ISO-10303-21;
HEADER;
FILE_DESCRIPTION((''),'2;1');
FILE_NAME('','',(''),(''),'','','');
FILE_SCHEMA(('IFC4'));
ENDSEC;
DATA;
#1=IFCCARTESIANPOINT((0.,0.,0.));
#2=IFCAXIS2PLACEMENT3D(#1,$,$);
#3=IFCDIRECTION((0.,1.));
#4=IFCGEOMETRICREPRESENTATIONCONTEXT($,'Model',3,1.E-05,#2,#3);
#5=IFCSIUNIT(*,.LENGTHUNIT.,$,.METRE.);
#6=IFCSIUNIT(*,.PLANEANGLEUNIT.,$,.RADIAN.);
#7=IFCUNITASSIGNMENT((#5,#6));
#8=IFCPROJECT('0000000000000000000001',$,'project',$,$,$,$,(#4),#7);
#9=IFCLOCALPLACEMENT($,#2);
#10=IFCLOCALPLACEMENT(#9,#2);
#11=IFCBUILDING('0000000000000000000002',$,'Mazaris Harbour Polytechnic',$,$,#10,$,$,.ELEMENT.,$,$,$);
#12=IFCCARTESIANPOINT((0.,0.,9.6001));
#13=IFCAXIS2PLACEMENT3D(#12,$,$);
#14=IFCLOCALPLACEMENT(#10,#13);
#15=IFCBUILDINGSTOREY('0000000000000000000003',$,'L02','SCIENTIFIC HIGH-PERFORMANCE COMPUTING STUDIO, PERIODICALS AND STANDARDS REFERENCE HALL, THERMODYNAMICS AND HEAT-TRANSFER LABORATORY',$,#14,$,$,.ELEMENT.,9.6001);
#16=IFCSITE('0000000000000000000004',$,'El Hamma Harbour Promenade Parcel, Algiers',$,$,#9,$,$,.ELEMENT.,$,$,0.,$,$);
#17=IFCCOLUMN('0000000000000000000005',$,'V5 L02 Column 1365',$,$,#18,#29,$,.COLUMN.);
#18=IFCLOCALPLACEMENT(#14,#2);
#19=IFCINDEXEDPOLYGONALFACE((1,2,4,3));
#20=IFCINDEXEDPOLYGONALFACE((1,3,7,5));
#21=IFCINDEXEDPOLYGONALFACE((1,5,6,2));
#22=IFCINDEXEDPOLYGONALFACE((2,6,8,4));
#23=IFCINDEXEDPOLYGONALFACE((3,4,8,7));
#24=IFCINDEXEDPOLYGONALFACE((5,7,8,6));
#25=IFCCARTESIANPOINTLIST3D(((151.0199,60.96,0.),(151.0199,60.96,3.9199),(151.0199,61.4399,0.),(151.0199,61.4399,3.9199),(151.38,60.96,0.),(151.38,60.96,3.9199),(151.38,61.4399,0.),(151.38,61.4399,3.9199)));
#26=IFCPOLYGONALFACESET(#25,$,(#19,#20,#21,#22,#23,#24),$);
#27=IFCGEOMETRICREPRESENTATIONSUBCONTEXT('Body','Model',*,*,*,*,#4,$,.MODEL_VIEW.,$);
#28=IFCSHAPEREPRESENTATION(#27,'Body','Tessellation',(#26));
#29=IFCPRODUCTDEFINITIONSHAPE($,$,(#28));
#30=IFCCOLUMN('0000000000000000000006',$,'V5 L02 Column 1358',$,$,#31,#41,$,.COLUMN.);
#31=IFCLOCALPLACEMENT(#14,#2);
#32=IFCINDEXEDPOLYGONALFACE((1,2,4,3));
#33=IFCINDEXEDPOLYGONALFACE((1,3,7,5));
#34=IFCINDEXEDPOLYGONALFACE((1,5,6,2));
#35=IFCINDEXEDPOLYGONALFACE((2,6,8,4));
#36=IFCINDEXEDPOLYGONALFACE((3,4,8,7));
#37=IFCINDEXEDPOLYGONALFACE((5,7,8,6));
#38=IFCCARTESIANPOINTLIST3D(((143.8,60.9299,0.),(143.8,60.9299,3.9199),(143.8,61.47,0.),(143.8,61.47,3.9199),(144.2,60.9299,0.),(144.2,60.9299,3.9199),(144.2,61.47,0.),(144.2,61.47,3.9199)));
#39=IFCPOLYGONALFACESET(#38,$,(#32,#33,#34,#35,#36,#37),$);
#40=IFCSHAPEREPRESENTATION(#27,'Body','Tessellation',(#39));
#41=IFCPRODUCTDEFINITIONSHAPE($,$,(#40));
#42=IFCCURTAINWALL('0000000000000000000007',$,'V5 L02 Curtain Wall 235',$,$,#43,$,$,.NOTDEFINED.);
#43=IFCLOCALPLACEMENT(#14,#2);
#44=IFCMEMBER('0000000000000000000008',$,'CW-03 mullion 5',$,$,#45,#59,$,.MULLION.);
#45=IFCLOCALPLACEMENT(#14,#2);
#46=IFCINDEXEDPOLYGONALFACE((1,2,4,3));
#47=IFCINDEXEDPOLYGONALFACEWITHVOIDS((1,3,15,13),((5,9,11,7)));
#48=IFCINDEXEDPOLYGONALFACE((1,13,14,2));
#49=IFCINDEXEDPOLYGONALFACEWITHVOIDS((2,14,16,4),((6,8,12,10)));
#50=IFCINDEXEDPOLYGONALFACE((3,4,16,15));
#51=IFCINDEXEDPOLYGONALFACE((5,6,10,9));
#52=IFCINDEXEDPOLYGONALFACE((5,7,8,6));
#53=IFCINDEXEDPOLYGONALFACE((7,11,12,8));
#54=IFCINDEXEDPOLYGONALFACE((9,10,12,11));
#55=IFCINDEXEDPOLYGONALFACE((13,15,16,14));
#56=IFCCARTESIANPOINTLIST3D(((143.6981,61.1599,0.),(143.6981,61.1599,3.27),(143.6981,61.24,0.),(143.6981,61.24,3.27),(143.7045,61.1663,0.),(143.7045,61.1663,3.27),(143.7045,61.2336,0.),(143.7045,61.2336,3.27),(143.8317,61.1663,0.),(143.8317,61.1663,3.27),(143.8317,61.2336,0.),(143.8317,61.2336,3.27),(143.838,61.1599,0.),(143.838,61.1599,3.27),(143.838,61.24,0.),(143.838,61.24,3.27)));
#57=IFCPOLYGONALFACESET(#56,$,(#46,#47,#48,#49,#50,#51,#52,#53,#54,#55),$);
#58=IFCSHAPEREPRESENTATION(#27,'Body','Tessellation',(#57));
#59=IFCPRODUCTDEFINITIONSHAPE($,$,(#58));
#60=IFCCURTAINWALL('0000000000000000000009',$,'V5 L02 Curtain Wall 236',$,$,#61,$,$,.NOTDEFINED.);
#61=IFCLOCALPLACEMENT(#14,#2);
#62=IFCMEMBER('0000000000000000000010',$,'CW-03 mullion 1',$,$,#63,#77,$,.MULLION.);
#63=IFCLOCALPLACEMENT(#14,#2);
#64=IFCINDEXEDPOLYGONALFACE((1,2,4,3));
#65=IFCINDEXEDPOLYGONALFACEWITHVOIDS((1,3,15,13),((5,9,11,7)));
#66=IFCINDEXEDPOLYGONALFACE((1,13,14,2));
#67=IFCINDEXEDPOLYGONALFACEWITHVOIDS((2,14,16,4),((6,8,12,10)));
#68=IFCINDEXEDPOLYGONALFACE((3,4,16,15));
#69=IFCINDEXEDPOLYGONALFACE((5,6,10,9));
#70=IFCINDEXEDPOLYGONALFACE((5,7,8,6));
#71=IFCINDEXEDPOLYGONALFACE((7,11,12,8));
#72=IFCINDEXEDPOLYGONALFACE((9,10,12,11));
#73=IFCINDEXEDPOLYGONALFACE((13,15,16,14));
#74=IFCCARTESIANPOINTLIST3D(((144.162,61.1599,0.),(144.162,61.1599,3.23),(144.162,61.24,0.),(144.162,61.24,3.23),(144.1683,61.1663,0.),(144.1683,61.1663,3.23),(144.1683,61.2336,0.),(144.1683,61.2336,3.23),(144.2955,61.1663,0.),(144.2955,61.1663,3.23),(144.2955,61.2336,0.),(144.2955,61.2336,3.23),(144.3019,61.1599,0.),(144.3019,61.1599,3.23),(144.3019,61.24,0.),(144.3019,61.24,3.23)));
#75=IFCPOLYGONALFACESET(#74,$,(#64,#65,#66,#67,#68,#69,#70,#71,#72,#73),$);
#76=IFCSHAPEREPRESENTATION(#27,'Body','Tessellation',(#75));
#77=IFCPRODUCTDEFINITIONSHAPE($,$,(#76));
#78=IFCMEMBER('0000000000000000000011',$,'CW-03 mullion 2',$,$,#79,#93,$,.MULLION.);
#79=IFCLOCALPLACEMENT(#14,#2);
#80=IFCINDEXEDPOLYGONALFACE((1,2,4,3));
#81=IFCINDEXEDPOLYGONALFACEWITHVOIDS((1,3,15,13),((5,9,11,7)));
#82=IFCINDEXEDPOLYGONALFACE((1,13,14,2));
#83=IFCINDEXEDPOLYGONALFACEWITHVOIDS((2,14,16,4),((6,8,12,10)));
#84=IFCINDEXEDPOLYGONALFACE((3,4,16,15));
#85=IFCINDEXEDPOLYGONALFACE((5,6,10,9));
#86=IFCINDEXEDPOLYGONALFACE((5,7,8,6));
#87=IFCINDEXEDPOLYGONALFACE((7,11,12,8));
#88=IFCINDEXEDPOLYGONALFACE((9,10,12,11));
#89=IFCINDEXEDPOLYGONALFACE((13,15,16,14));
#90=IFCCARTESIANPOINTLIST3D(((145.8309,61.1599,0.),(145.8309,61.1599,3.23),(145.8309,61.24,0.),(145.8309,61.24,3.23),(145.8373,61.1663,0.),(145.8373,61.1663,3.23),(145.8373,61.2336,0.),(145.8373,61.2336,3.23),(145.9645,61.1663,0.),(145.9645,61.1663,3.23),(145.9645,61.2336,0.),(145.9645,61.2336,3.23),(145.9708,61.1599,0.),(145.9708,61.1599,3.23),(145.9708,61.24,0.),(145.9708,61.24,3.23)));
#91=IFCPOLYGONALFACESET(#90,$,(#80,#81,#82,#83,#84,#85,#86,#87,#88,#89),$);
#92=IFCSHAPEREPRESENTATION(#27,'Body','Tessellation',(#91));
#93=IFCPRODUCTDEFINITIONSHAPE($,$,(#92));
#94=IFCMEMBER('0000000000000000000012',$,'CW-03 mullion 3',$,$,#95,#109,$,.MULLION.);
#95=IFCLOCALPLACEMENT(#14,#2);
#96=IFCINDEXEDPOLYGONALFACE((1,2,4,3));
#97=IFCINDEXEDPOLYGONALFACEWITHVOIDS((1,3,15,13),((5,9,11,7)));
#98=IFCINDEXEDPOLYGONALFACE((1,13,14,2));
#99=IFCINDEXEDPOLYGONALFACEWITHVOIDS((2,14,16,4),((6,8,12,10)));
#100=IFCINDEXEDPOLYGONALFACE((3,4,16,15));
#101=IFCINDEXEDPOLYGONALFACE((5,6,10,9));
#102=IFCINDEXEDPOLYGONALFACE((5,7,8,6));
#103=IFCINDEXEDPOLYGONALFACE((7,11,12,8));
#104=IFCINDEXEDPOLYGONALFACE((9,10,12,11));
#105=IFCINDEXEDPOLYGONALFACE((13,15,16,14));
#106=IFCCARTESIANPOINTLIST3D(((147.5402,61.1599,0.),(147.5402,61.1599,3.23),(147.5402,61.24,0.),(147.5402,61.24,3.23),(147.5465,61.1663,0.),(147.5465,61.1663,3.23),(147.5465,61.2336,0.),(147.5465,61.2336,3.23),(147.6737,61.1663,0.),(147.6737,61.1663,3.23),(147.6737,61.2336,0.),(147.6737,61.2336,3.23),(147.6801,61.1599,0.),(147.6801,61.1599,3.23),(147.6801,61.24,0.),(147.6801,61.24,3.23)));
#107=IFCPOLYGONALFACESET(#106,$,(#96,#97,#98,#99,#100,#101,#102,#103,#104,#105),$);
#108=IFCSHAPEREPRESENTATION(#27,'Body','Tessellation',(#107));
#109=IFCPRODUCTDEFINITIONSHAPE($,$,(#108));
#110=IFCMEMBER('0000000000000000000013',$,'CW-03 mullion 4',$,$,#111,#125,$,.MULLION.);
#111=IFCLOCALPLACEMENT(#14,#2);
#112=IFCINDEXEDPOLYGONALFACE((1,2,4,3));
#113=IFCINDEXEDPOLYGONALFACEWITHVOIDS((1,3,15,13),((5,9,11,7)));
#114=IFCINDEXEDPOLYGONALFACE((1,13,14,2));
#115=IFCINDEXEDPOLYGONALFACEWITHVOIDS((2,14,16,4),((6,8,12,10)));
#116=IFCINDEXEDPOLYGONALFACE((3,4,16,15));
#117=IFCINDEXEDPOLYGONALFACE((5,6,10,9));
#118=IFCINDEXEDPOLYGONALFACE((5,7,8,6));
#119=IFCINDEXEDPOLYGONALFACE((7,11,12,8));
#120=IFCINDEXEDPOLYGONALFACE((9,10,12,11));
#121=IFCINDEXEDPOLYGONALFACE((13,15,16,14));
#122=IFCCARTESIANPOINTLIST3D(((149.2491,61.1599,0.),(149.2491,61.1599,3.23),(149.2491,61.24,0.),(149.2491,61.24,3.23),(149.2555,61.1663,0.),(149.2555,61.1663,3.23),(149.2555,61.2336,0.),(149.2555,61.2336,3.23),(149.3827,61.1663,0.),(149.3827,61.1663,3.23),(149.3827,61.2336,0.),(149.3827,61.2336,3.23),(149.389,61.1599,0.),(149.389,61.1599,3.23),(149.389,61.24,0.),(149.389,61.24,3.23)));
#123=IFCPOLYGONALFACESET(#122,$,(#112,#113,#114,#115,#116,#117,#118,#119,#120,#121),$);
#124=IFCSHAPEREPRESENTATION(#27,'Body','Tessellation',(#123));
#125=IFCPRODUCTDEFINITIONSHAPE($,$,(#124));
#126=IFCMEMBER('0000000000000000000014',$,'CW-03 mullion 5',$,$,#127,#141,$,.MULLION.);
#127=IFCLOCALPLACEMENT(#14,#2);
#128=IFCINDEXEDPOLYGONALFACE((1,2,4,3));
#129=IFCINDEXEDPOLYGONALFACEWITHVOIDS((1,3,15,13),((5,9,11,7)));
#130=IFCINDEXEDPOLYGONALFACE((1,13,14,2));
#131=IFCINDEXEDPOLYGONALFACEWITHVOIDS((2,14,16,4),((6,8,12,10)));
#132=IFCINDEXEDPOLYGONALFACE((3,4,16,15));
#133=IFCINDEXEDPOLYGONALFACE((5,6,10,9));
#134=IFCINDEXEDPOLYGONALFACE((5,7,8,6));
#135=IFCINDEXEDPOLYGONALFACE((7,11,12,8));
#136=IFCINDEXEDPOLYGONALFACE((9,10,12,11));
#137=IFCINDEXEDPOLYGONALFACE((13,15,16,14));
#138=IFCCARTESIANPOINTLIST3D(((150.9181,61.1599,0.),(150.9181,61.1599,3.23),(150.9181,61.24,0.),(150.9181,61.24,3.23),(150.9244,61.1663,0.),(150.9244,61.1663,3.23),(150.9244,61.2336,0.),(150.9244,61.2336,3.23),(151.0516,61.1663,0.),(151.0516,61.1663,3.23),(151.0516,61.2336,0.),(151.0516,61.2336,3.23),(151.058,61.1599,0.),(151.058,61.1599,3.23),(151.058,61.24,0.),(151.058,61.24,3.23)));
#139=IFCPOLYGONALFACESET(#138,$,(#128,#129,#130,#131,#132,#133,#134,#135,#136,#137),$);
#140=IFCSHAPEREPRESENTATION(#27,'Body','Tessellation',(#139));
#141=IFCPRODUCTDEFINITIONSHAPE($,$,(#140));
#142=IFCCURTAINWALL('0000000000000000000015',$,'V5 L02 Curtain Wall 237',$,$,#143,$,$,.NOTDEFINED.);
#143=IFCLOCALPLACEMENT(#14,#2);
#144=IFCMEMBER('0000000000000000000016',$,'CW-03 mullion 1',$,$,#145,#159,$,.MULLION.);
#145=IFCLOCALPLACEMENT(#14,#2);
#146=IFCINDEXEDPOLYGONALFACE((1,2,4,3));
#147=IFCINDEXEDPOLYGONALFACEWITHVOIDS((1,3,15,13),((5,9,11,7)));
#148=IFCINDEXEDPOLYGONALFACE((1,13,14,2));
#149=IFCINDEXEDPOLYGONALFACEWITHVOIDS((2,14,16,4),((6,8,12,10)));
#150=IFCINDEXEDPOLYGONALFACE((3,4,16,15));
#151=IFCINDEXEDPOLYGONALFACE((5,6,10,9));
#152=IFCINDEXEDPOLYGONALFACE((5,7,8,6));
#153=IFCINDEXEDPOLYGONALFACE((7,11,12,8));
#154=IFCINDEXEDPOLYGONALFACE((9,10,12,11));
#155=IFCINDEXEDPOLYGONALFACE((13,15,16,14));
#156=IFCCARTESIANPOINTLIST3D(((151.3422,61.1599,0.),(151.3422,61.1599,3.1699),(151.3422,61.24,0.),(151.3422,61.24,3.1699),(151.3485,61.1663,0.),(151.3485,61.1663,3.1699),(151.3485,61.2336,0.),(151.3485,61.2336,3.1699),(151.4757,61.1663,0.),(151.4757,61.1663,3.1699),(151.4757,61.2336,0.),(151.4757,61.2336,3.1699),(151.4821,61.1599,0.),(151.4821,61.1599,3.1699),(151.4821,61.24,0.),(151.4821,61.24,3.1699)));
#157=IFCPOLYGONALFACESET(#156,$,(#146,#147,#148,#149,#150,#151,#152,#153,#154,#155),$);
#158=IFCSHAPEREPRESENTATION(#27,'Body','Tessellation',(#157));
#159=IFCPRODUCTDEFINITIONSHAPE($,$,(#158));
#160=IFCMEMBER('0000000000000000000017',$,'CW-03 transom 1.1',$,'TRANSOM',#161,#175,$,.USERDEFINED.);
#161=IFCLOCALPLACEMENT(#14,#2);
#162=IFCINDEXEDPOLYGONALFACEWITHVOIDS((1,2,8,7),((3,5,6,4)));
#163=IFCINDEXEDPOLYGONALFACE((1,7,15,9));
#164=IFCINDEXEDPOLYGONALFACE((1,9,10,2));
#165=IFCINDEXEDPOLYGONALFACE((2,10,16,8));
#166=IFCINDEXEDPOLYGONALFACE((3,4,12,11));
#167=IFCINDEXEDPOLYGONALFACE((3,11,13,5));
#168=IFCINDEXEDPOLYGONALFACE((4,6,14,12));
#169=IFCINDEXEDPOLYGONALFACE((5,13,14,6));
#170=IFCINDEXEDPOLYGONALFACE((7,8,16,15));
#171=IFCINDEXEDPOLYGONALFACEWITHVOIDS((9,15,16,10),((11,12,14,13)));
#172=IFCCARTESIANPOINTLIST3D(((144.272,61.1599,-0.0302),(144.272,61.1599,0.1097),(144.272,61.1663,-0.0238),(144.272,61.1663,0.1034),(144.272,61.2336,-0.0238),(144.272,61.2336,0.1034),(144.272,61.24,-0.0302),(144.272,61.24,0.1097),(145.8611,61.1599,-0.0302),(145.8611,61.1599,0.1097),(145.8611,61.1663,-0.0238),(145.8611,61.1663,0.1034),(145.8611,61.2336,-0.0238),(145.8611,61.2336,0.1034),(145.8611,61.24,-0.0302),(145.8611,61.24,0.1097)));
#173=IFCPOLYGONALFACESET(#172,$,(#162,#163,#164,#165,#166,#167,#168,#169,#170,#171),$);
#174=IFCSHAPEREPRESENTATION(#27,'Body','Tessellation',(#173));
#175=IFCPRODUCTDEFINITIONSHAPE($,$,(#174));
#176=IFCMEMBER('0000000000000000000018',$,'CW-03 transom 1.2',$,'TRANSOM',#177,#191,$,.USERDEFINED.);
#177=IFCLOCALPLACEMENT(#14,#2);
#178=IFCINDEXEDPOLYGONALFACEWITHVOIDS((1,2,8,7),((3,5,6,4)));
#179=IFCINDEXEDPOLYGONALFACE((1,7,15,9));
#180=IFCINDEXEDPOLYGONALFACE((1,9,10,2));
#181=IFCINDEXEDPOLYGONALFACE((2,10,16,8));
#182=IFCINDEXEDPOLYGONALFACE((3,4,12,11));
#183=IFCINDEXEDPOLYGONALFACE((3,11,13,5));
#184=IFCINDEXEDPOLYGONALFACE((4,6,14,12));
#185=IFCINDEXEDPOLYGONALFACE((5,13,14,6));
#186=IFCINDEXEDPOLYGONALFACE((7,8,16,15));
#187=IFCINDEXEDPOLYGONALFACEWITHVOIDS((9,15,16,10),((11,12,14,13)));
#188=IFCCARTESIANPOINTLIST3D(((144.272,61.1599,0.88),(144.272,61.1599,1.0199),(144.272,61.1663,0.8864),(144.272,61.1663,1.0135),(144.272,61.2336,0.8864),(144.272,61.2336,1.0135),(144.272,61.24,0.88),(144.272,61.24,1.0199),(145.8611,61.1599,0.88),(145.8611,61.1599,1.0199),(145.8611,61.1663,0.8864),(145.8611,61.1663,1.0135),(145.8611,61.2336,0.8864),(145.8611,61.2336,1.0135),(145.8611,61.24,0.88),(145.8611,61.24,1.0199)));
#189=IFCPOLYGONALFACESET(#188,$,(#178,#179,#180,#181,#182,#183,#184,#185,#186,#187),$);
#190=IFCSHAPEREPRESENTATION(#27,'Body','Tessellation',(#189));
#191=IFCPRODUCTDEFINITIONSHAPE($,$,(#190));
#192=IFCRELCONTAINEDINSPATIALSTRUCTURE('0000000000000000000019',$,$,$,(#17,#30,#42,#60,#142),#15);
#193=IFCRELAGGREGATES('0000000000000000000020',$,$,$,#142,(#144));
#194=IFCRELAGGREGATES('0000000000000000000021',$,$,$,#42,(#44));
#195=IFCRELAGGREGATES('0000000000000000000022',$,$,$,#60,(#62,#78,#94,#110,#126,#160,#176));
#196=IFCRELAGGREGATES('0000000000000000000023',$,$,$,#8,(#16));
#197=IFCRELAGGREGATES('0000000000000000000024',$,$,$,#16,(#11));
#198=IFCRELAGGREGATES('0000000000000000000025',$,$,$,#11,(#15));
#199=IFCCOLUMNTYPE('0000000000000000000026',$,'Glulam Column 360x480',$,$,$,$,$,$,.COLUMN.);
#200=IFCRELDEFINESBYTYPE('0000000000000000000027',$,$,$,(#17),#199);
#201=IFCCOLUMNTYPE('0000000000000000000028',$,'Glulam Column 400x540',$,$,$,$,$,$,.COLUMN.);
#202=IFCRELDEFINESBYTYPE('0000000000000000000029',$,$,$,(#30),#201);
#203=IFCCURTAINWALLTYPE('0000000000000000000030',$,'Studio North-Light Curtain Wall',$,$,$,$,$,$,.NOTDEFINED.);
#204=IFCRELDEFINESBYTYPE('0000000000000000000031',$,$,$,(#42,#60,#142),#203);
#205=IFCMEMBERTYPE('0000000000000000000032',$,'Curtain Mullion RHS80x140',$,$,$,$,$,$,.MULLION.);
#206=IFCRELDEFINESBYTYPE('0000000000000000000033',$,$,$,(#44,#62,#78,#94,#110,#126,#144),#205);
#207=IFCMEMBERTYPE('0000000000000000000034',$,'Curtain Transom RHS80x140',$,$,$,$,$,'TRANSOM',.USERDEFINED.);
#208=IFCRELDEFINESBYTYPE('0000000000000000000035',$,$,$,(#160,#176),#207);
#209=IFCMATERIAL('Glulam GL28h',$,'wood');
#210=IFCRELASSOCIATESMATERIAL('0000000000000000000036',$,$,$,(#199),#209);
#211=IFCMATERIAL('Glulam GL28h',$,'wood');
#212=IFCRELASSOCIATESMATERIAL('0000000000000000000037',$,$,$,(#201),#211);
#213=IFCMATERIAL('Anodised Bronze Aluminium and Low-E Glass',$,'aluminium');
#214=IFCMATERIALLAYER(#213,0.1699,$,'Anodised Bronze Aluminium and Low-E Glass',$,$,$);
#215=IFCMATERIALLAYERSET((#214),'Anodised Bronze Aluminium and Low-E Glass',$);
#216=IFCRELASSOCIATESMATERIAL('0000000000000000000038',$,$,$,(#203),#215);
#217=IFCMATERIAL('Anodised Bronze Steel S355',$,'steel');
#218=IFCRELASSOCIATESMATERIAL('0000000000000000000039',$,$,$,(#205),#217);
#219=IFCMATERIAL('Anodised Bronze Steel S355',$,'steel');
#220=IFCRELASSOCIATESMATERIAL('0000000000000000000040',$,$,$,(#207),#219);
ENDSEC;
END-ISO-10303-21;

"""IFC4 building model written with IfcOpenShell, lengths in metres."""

from ifc_helpers import new_model, si_unit, direction, frame, origin, origin_2d, place, context, subcontext, project, spatial, rectangle, hollow_rectangle, extrude, material, layer, layer_set, material_profile, profile_set, type_object, element, aggregate, save


model = new_model("IFC4")

# Units and contexts
model_context = context("Model", 3, precision=1e-05, world=origin(), true_north=direction((0.0, 1.0)))
body_context = subcontext(model_context, "Body", "Model", "MODEL_VIEW")
ifc_project = project(units=[si_unit("LENGTHUNIT", "METRE"), si_unit("PLANEANGLEUNIT", "RADIAN")], contexts=[model_context])

# Site, building, storey
site_placement = place(None, origin())
site = spatial("IfcSite", under=ifc_project, at=site_placement, Name="El Hamma Harbour Promenade Parcel, Algiers", CompositionType="ELEMENT", RefElevation=0.0)
building_placement = place(site_placement, origin())
building = spatial("IfcBuilding", under=site, at=building_placement, Name="Mazaris Harbour Polytechnic", CompositionType="ELEMENT")
storey_placement = place(building_placement, frame((0.0, 0.0, 9.6001)))
storey = spatial("IfcBuildingStorey", under=building, at=storey_placement, Name="L02", Description="SCIENTIFIC HIGH-PERFORMANCE COMPUTING STUDIO, PERIODICALS AND STANDARDS REFERENCE HALL, THERMODYNAMICS AND HEAT-TRANSFER LABORATORY", CompositionType="ELEMENT", Elevation=9.6001)

# Columns
ifc_material_1 = material(Name="Glulam GL28h", Category="wood")
ifc_material_profile_1 = material_profile(ifc_material_1, rectangle(XDim=0.3601, YDim=0.48, at=origin_2d()), Name="RECT360x480")
ifc_profile_set_1 = profile_set([ifc_material_profile_1], Name="Glulam GL28h")
column_type_1 = type_object("IfcColumnType", Name="Glulam Column 360x480", PredefinedType="COLUMN", material=ifc_profile_set_1)
column_1_placement = place(storey_placement, frame((151.2, 61.2, 0.0), z_axis=(0.0, 0.0, 1.0), x_axis=(1.0, 0.0, 0.0)))
element("IfcColumn", 1, at=column_1_placement, inside=storey, type_object=column_type_1, Name="V5 L02 Column 1365", PredefinedType="COLUMN", context=body_context, shape_type="SweptSolid", body=[
    extrude(rectangle(XDim=0.3601, YDim=0.48, at=origin_2d()), origin(), (0.0, 0.0, 1.0), 3.9199),
])
ifc_material_2 = material(Name="Glulam GL28h", Category="wood")
ifc_material_profile_2 = material_profile(ifc_material_2, rectangle(XDim=0.3999, YDim=0.54, at=origin_2d()), Name="RECT400x540")
ifc_profile_set_2 = profile_set([ifc_material_profile_2], Name="Glulam GL28h")
column_type_2 = type_object("IfcColumnType", Name="Glulam Column 400x540", PredefinedType="COLUMN", material=ifc_profile_set_2)
column_2_placement = place(storey_placement, frame((144.0, 61.2, 0.0), z_axis=(0.0, 0.0, 1.0), x_axis=(1.0, 0.0, 0.0)))
element("IfcColumn", 2, at=column_2_placement, inside=storey, type_object=column_type_2, Name="V5 L02 Column 1358", PredefinedType="COLUMN", context=body_context, shape_type="SweptSolid", body=[
    extrude(rectangle(XDim=0.3999, YDim=0.54, at=origin_2d()), origin(), (0.0, 0.0, 1.0), 3.9199),
])

# Curtain wall, member
ifc_material_3 = material(Name="Anodised Bronze Aluminium and Low-E Glass", Category="aluminium")
ifc_layer_1 = layer(ifc_material_3, 0.1699, Name="Anodised Bronze Aluminium and Low-E Glass")
ifc_layer_set_1 = layer_set([ifc_layer_1], Name="Anodised Bronze Aluminium and Low-E Glass")
curtain_wall_type = type_object("IfcCurtainWallType", Name="Studio North-Light Curtain Wall", PredefinedType="NOTDEFINED", material=ifc_layer_set_1)
curtain_wall_1_placement = place(storey_placement, origin())
curtain_wall_1 = element("IfcCurtainWall", 3, at=curtain_wall_1_placement, inside=storey, type_object=curtain_wall_type, Name="V5 L02 Curtain Wall 235", PredefinedType="NOTDEFINED")
ifc_material_4 = material(Name="Anodised Bronze Steel S355", Category="steel")
ifc_material_profile_3 = material_profile(ifc_material_4, hollow_rectangle(XDim=0.0801, YDim=0.1399, WallThickness=0.0063, at=origin_2d()), Name="RHS 80x140x6.3")
ifc_profile_set_3 = profile_set([ifc_material_profile_3], Name="Anodised Bronze Steel S355")
member_type_1 = type_object("IfcMemberType", Name="Curtain Mullion RHS80x140", PredefinedType="MULLION", material=ifc_profile_set_3)
member_1_placement = place(storey_placement, frame((143.7681, 61.2, 0.0), z_axis=(0.0, 0.0, 1.0), x_axis=(0.0, 1.0, 0.0)))
member_1 = element("IfcMember", 4, at=member_1_placement, type_object=member_type_1, Name="CW-03 mullion 5", PredefinedType="MULLION", context=body_context, shape_type="SweptSolid", body=[
    extrude(hollow_rectangle(XDim=0.0801, YDim=0.1399, WallThickness=0.0063, at=origin_2d()), origin(), (0.0, 0.0, 1.0), 3.27),
])

# Curtain wall, members
curtain_wall_2_placement = place(storey_placement, origin())
curtain_wall_2 = element("IfcCurtainWall", 5, at=curtain_wall_2_placement, inside=storey, type_object=curtain_wall_type, Name="V5 L02 Curtain Wall 236", PredefinedType="NOTDEFINED")
member_2_placement = place(storey_placement, frame((144.2319, 61.2, 0.0), z_axis=(0.0, 0.0, 1.0), x_axis=(0.0, 1.0, 0.0)))
member_2 = element("IfcMember", 6, at=member_2_placement, type_object=member_type_1, Name="CW-03 mullion 1", PredefinedType="MULLION", context=body_context, shape_type="SweptSolid", body=[
    extrude(hollow_rectangle(XDim=0.0801, YDim=0.1399, WallThickness=0.0063, at=origin_2d()), origin(), (0.0, 0.0, 1.0), 3.23),
])
member_3_placement = place(storey_placement, frame((145.9009, 61.2, 0.0), z_axis=(0.0, 0.0, 1.0), x_axis=(0.0, 1.0, 0.0)))
member_3 = element("IfcMember", 7, at=member_3_placement, type_object=member_type_1, Name="CW-03 mullion 2", PredefinedType="MULLION", context=body_context, shape_type="SweptSolid", body=[
    extrude(hollow_rectangle(XDim=0.0801, YDim=0.1399, WallThickness=0.0063, at=origin_2d()), origin(), (0.0, 0.0, 1.0), 3.23),
])
member_4_placement = place(storey_placement, frame((147.6101, 61.2, 0.0), z_axis=(0.0, 0.0, 1.0), x_axis=(0.0, 1.0, 0.0)))
member_4 = element("IfcMember", 8, at=member_4_placement, type_object=member_type_1, Name="CW-03 mullion 3", PredefinedType="MULLION", context=body_context, shape_type="SweptSolid", body=[
    extrude(hollow_rectangle(XDim=0.0801, YDim=0.1399, WallThickness=0.0063, at=origin_2d()), origin(), (0.0, 0.0, 1.0), 3.23),
])
member_5_placement = place(storey_placement, frame((149.3191, 61.2, 0.0), z_axis=(0.0, 0.0, 1.0), x_axis=(0.0, 1.0, 0.0)))
member_5 = element("IfcMember", 9, at=member_5_placement, type_object=member_type_1, Name="CW-03 mullion 4", PredefinedType="MULLION", context=body_context, shape_type="SweptSolid", body=[
    extrude(hollow_rectangle(XDim=0.0801, YDim=0.1399, WallThickness=0.0063, at=origin_2d()), origin(), (0.0, 0.0, 1.0), 3.23),
])
member_6_placement = place(storey_placement, frame((150.988, 61.2, 0.0), z_axis=(0.0, 0.0, 1.0), x_axis=(0.0, 1.0, 0.0)))
member_6 = element("IfcMember", 10, at=member_6_placement, type_object=member_type_1, Name="CW-03 mullion 5", PredefinedType="MULLION", context=body_context, shape_type="SweptSolid", body=[
    extrude(hollow_rectangle(XDim=0.0801, YDim=0.1399, WallThickness=0.0063, at=origin_2d()), origin(), (0.0, 0.0, 1.0), 3.23),
])

# Curtain wall, member
curtain_wall_3_placement = place(storey_placement, origin())
curtain_wall_3 = element("IfcCurtainWall", 11, at=curtain_wall_3_placement, inside=storey, type_object=curtain_wall_type, Name="V5 L02 Curtain Wall 237", PredefinedType="NOTDEFINED")
member_7_placement = place(storey_placement, frame((151.4121, 61.2, 0.0), z_axis=(0.0, 0.0, 1.0), x_axis=(0.0, 1.0, 0.0)))
member_7 = element("IfcMember", 12, at=member_7_placement, type_object=member_type_1, Name="CW-03 mullion 1", PredefinedType="MULLION", context=body_context, shape_type="SweptSolid", body=[
    extrude(hollow_rectangle(XDim=0.0801, YDim=0.1399, WallThickness=0.0063, at=origin_2d()), origin(), (0.0, 0.0, 1.0), 3.1699),
])

# Members
ifc_material_5 = material(Name="Anodised Bronze Steel S355", Category="steel")
ifc_material_profile_4 = material_profile(ifc_material_5, hollow_rectangle(XDim=0.0801, YDim=0.1399, WallThickness=0.0063, at=origin_2d()), Name="RHS 80x140x6.3")
ifc_profile_set_4 = profile_set([ifc_material_profile_4], Name="Anodised Bronze Steel S355")
member_type_2 = type_object("IfcMemberType", Name="Curtain Transom RHS80x140", ElementType="TRANSOM", PredefinedType="USERDEFINED", material=ifc_profile_set_4)
member_8_placement = place(storey_placement, frame((144.272, 61.2, 0.0398), z_axis=(1.0, 0.0, 0.0), x_axis=(0.0, 1.0, 0.0)))
member_8 = element("IfcMember", 13, at=member_8_placement, type_object=member_type_2, Name="CW-03 transom 1.1", ObjectType="TRANSOM", PredefinedType="USERDEFINED", context=body_context, shape_type="SweptSolid", body=[
    extrude(hollow_rectangle(XDim=0.0801, YDim=0.1399, WallThickness=0.0063, at=origin_2d()), origin(), (0.0, 0.0, 1.0), 1.5891),
])
member_9_placement = place(storey_placement, frame((144.272, 61.2, 0.95), z_axis=(1.0, 0.0, 0.0), x_axis=(0.0, 1.0, 0.0)))
member_9 = element("IfcMember", 14, at=member_9_placement, type_object=member_type_2, Name="CW-03 transom 1.2", ObjectType="TRANSOM", PredefinedType="USERDEFINED", context=body_context, shape_type="SweptSolid", body=[
    extrude(hollow_rectangle(XDim=0.0801, YDim=0.1399, WallThickness=0.0063, at=origin_2d()), origin(), (0.0, 0.0, 1.0), 1.5891),
])
aggregate(curtain_wall_3, [member_7])

aggregate(curtain_wall_1, [member_1])
aggregate(curtain_wall_2, [member_2, member_3, member_4, member_5, member_6, member_8, member_9])

save(model, "model.ifc")
